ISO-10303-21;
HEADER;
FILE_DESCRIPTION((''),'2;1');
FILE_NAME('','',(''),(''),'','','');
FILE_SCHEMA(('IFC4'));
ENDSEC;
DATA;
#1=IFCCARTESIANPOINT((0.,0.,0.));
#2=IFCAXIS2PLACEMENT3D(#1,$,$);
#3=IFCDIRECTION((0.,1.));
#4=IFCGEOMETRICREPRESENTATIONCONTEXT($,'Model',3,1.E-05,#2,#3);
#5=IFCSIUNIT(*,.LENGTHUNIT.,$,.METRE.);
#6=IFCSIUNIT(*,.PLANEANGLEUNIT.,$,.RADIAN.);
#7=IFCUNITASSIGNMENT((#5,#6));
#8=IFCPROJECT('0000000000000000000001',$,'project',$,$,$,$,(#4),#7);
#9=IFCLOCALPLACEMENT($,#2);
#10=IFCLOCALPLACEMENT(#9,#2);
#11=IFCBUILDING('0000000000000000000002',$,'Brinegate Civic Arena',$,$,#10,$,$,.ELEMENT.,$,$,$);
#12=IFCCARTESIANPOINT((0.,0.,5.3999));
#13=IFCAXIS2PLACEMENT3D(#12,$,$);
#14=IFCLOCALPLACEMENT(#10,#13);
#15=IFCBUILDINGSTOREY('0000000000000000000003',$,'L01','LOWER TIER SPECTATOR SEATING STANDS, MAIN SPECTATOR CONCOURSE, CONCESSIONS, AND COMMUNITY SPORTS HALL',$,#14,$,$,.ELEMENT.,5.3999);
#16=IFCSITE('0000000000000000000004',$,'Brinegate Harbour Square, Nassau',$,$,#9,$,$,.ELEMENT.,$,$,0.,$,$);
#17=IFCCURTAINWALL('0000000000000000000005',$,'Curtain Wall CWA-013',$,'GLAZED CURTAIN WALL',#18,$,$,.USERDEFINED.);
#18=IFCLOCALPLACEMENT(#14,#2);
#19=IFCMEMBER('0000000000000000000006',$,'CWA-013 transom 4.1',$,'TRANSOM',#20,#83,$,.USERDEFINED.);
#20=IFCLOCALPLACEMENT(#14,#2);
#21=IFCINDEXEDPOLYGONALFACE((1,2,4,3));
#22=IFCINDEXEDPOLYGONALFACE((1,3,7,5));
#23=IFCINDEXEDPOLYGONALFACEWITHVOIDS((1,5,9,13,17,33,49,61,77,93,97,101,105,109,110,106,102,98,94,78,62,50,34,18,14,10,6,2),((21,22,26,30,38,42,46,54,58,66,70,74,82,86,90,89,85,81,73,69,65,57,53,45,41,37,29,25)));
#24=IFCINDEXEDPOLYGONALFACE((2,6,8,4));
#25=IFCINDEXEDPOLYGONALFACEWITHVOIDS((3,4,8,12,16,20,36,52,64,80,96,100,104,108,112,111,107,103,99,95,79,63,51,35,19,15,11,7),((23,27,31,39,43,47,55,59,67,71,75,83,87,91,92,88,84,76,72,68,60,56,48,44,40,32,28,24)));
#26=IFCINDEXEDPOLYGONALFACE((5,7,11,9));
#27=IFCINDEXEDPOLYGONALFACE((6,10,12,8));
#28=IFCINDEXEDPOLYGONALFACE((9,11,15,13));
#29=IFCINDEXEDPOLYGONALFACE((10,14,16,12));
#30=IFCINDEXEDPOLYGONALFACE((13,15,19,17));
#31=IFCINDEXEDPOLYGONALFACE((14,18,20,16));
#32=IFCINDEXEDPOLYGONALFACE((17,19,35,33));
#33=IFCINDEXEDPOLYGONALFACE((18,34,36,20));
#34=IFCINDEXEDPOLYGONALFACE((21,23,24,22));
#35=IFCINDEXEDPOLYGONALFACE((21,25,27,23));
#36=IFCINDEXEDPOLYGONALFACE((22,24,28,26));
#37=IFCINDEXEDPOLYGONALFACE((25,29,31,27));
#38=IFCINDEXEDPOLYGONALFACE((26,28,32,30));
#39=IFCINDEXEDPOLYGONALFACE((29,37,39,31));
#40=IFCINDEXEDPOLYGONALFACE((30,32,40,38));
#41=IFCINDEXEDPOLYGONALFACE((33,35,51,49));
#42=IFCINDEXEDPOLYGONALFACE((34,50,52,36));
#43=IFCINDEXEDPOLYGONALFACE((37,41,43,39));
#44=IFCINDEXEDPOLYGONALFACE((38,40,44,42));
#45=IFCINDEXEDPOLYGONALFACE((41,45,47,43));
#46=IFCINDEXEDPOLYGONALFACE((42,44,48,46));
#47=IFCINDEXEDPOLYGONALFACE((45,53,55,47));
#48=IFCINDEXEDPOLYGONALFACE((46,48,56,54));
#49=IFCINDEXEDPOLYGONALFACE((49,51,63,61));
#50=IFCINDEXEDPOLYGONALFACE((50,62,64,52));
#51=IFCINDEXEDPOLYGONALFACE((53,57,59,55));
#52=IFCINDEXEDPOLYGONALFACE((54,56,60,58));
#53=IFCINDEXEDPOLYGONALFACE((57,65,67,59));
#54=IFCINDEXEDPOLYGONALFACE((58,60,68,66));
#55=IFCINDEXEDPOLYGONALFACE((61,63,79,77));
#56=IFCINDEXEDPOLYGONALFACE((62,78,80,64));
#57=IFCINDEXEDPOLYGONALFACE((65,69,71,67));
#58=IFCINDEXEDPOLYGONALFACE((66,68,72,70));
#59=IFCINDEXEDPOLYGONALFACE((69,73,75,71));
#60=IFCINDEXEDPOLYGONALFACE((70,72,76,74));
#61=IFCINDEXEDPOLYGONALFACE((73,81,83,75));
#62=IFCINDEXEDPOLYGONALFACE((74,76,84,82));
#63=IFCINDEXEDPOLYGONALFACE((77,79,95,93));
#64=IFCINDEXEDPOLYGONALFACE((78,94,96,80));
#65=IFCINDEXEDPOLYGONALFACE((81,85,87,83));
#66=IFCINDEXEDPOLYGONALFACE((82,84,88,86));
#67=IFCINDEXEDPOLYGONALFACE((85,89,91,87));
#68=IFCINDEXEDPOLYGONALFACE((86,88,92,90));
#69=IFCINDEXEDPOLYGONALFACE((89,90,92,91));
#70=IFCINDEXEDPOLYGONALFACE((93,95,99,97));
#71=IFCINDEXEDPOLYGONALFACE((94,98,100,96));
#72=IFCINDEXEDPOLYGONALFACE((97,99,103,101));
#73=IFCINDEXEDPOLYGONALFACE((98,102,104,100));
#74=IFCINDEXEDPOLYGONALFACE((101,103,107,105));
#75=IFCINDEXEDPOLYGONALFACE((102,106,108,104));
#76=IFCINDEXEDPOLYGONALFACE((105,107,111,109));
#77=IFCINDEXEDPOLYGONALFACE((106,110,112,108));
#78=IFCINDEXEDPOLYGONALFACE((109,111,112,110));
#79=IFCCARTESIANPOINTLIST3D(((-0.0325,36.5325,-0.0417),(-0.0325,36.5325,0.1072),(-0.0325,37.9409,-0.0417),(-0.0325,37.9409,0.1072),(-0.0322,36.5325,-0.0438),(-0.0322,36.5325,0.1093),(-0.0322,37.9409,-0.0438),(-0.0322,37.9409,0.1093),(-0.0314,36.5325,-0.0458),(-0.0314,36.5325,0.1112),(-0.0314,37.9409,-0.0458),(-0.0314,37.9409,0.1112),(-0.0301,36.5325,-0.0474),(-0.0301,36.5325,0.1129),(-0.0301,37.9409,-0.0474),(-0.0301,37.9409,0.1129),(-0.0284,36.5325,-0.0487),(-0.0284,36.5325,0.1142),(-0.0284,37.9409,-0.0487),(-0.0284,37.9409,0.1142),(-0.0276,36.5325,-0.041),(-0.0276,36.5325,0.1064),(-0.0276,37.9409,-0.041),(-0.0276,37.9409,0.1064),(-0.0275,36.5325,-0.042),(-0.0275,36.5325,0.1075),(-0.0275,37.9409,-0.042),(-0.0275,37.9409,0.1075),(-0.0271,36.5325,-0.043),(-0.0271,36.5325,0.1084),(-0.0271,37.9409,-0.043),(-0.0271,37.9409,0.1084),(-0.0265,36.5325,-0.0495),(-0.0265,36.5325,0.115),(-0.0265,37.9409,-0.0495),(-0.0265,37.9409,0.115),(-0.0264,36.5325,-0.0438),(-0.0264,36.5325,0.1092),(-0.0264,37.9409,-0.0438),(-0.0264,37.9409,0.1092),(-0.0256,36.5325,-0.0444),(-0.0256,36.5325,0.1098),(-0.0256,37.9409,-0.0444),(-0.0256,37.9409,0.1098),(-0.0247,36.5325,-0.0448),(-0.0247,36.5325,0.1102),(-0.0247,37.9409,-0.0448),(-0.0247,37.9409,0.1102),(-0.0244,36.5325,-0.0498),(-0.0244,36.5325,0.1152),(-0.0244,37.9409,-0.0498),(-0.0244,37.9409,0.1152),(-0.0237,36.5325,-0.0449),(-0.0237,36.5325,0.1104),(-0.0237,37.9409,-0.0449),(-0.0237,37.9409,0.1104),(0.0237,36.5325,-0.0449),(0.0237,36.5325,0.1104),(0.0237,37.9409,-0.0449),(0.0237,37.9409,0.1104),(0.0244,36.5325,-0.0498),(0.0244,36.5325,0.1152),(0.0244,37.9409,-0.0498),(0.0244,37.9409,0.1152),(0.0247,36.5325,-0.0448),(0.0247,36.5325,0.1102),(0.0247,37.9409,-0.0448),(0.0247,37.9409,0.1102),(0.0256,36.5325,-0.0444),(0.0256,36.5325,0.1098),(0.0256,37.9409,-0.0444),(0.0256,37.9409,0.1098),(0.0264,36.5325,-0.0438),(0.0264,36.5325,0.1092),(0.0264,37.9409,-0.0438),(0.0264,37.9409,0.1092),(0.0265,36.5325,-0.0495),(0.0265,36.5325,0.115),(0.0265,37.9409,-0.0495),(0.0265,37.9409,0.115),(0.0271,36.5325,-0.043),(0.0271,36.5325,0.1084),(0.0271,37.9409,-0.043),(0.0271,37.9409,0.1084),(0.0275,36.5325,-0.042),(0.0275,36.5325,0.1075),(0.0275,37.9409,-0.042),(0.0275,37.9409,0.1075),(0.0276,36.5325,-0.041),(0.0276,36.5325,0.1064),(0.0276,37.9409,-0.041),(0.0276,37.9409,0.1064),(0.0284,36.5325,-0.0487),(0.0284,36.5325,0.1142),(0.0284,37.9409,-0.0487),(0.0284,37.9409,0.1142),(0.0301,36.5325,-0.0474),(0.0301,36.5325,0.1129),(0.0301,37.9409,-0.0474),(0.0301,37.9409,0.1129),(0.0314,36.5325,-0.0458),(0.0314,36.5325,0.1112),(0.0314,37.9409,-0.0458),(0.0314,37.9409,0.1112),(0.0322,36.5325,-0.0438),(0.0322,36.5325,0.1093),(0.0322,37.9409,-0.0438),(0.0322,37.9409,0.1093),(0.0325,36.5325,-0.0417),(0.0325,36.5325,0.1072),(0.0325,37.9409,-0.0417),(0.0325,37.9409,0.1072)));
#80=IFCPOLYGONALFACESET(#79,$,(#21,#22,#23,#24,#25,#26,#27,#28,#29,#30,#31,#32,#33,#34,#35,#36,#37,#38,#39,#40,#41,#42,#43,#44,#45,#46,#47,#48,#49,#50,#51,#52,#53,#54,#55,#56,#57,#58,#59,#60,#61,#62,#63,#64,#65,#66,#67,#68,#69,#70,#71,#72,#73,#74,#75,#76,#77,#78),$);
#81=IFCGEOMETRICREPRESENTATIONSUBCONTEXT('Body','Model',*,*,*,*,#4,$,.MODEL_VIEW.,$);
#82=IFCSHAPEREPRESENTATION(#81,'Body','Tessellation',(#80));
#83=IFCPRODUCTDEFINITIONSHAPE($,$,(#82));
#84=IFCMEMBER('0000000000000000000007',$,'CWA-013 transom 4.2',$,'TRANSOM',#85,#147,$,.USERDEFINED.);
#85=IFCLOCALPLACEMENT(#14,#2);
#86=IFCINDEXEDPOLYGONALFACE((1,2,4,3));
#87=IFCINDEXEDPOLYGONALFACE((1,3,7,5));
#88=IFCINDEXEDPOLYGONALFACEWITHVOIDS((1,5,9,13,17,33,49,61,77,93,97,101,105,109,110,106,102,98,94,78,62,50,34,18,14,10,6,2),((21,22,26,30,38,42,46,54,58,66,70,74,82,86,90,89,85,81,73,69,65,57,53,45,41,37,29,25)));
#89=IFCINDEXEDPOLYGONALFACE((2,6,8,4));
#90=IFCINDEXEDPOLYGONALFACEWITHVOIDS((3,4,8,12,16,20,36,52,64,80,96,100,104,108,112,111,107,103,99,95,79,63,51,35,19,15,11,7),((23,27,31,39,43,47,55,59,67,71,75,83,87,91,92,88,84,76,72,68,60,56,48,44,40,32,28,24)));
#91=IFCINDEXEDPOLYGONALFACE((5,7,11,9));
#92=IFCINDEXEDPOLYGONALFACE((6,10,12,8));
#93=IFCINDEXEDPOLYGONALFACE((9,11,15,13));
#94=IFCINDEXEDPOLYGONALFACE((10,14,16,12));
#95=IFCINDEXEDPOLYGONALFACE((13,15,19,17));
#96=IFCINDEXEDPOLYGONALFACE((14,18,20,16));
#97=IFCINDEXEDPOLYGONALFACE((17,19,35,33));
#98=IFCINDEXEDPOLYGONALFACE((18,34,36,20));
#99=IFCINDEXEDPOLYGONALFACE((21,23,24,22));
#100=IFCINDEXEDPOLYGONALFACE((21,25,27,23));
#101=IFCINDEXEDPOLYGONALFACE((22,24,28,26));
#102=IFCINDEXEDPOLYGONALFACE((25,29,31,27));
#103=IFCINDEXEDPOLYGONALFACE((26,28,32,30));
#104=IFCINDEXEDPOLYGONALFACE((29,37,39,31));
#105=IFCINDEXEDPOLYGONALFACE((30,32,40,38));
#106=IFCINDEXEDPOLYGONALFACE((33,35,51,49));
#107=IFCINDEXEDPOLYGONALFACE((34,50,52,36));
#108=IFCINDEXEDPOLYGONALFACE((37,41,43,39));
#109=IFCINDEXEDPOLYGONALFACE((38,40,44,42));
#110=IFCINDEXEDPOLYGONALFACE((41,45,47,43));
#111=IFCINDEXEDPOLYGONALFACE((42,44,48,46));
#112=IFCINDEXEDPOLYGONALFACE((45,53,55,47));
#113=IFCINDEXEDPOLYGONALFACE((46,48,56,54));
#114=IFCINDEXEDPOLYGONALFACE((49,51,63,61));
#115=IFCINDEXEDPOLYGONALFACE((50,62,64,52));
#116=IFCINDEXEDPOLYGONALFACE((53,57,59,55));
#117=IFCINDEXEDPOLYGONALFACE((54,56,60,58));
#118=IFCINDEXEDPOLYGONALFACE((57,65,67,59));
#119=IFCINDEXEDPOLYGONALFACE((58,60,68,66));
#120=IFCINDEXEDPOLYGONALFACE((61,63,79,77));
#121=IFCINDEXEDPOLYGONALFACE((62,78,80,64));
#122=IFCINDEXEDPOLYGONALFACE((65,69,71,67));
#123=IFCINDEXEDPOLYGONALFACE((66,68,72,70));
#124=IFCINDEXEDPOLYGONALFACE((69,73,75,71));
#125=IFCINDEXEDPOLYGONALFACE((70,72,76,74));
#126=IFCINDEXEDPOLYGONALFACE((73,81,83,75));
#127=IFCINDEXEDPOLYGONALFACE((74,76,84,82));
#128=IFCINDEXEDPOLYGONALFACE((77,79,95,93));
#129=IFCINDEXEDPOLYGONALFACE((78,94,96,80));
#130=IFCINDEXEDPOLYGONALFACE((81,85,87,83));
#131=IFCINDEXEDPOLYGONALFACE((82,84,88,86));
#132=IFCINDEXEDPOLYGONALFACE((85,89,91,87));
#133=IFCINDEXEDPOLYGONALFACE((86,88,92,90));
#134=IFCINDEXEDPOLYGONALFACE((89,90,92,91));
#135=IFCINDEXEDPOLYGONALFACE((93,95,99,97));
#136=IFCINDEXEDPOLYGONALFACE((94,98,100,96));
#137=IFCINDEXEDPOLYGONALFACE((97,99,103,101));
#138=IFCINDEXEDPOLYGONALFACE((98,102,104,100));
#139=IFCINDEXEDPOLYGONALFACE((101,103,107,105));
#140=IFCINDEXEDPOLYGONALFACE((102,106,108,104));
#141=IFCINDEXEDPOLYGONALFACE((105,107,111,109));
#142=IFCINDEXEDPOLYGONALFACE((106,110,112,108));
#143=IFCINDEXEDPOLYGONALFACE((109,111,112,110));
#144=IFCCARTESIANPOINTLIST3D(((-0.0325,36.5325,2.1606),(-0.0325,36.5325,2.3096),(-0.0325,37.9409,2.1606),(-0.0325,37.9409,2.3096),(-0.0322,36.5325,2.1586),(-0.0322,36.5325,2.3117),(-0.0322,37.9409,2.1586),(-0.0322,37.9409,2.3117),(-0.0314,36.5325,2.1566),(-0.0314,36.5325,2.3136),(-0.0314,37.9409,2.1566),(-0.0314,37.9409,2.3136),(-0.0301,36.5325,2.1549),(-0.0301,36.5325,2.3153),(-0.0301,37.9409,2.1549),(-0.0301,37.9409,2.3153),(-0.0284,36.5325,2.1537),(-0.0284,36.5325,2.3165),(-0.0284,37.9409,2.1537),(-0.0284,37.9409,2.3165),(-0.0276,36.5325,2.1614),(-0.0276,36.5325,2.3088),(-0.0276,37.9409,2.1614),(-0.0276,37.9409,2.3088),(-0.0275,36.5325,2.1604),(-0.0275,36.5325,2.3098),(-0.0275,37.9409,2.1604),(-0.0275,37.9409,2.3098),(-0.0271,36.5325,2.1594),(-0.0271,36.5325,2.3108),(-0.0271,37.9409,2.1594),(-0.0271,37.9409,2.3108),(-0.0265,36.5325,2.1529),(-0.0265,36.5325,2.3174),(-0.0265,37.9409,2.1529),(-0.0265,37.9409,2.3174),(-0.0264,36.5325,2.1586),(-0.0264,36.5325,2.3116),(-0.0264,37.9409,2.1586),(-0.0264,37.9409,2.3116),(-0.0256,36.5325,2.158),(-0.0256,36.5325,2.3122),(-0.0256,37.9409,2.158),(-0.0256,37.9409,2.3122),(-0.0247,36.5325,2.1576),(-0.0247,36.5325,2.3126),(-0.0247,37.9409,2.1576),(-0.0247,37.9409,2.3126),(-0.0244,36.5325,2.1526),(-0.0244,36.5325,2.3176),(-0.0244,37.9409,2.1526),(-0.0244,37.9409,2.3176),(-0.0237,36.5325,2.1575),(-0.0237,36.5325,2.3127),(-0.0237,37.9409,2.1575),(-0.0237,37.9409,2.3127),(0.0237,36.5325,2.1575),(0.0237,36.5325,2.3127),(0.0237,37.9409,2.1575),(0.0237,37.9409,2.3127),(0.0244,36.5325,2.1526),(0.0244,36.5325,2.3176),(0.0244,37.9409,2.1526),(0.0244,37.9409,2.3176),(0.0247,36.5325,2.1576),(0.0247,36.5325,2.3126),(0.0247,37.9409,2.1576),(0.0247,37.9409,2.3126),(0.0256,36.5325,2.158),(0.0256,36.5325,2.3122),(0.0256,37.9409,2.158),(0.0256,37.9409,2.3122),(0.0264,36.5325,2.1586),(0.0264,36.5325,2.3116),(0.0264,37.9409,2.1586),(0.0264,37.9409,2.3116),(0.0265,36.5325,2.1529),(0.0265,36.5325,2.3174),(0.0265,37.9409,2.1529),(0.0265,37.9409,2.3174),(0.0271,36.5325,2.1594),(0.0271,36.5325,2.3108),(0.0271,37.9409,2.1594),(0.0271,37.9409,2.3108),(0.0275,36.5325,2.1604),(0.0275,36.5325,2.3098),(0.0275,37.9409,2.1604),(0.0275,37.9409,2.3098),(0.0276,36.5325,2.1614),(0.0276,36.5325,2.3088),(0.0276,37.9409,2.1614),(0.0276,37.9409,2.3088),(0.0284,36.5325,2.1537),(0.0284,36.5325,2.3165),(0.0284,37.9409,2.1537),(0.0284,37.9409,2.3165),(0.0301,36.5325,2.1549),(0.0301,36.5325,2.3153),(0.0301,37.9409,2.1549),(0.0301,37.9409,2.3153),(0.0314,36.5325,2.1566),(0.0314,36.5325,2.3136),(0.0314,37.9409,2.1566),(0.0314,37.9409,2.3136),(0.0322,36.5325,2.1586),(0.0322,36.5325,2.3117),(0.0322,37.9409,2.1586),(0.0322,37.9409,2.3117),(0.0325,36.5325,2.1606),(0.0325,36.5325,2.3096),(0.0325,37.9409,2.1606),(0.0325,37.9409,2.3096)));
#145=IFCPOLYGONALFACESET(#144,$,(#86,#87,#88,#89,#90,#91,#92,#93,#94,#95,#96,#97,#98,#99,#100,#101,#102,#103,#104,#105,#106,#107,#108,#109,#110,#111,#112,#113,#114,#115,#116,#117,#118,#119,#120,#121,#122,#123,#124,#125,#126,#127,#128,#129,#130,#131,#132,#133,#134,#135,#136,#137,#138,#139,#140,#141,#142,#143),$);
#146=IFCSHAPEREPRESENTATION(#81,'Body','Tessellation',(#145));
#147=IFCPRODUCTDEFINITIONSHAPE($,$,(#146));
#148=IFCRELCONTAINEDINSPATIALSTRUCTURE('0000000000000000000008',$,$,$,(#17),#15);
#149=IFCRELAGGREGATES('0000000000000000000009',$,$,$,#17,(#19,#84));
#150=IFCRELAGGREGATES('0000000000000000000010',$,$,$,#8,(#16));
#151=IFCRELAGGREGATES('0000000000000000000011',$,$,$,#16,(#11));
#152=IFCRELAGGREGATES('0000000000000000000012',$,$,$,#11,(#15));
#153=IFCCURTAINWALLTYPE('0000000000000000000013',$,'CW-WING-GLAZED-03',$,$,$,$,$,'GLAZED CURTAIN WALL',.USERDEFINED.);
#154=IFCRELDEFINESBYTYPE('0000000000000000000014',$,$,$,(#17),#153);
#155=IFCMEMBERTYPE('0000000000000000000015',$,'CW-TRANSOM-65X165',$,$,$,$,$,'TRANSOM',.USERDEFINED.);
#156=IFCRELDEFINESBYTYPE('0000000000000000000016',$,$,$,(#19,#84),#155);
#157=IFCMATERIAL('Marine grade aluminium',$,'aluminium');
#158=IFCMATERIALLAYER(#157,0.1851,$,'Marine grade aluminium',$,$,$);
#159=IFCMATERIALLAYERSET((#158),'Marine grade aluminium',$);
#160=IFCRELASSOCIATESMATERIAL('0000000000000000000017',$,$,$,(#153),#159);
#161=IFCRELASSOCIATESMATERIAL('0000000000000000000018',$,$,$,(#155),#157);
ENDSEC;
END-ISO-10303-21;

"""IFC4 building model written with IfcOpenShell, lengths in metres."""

from ifc_helpers import new_model, si_unit, direction, frame, origin, origin_2d, place, context, subcontext, project, spatial, hollow_rectangle, extrude, material, layer, layer_set, material_profile, profile_set, type_object, element, aggregate, save


model = new_model("IFC4")

# Units and contexts
model_context = context("Model", 3, precision=1e-05, world=origin(), true_north=direction((0.0, 1.0)))
body_context = subcontext(model_context, "Body", "Model", "MODEL_VIEW")
ifc_project = project(units=[si_unit("LENGTHUNIT", "METRE"), si_unit("PLANEANGLEUNIT", "RADIAN")], contexts=[model_context])

# Site, building, storey
site_placement = place(None, origin())
site = spatial("IfcSite", under=ifc_project, at=site_placement, Name="Brinegate Harbour Square, Nassau", CompositionType="ELEMENT", RefElevation=0.0)
building_placement = place(site_placement, origin())
building = spatial("IfcBuilding", under=site, at=building_placement, Name="Brinegate Civic Arena", CompositionType="ELEMENT")
storey_placement = place(building_placement, frame((0.0, 0.0, 5.3999)))
storey = spatial("IfcBuildingStorey", under=building, at=storey_placement, Name="L01", Description="LOWER TIER SPECTATOR SEATING STANDS, MAIN SPECTATOR CONCOURSE, CONCESSIONS, AND COMMUNITY SPORTS HALL", CompositionType="ELEMENT", Elevation=5.3999)

# Curtain wall, members
ifc_material_1 = material(Name="Marine grade aluminium", Category="aluminium")
ifc_layer_1 = layer(ifc_material_1, 0.1851, Name="Marine grade aluminium")
ifc_layer_set_1 = layer_set([ifc_layer_1], Name="Marine grade aluminium")
curtain_wall_type = type_object("IfcCurtainWallType", Name="CW-WING-GLAZED-03", ElementType="GLAZED CURTAIN WALL", PredefinedType="USERDEFINED", material=ifc_layer_set_1)
curtain_wall_placement = place(storey_placement, origin())
curtain_wall = element("IfcCurtainWall", 1, at=curtain_wall_placement, inside=storey, type_object=curtain_wall_type, Name="Curtain Wall CWA-013", ObjectType="GLAZED CURTAIN WALL", PredefinedType="USERDEFINED")
ifc_material_profile_1 = material_profile(ifc_material_1, hollow_rectangle(XDim=0.0649, YDim=0.165, WallThickness=0.0049, InnerFilletRadius=0.0039, OuterFilletRadius=0.0081, at=origin_2d()), Name="TRN65X165")
ifc_profile_set_1 = profile_set([ifc_material_profile_1], Name="Marine grade aluminium")
member_type_1 = type_object("IfcMemberType", Name="CW-TRANSOM-65X165", ElementType="TRANSOM", PredefinedType="USERDEFINED", material=ifc_profile_set_1)
member_1_placement = place(storey_placement, frame((0.0, 36.5325, 0.0327), z_axis=(0.0, 1.0, 0.0), x_axis=(-1.0, 0.0, 0.0)))
member_1 = element("IfcMember", 2, at=member_1_placement, type_object=member_type_1, Name="CWA-013 transom 4.1", ObjectType="TRANSOM", PredefinedType="USERDEFINED", context=body_context, shape_type="SweptSolid", body=[
    extrude(hollow_rectangle(XDim=0.0649, YDim=0.165, WallThickness=0.0049, InnerFilletRadius=0.0039, OuterFilletRadius=0.0081, at=origin_2d()), origin(), (0.0, 0.0, 1.0), 1.4084),
])
member_2_placement = place(storey_placement, frame((0.0, 36.5325, 2.2351), z_axis=(0.0, 1.0, 0.0), x_axis=(-1.0, 0.0, 0.0)))
member_2 = element("IfcMember", 3, at=member_2_placement, type_object=member_type_1, Name="CWA-013 transom 4.2", ObjectType="TRANSOM", PredefinedType="USERDEFINED", context=body_context, shape_type="SweptSolid", body=[
    extrude(hollow_rectangle(XDim=0.0649, YDim=0.165, WallThickness=0.0049, InnerFilletRadius=0.0039, OuterFilletRadius=0.0081, at=origin_2d()), origin(), (0.0, 0.0, 1.0), 1.4084),
])
aggregate(curtain_wall, [member_1, member_2])

save(model, "model.ifc")
